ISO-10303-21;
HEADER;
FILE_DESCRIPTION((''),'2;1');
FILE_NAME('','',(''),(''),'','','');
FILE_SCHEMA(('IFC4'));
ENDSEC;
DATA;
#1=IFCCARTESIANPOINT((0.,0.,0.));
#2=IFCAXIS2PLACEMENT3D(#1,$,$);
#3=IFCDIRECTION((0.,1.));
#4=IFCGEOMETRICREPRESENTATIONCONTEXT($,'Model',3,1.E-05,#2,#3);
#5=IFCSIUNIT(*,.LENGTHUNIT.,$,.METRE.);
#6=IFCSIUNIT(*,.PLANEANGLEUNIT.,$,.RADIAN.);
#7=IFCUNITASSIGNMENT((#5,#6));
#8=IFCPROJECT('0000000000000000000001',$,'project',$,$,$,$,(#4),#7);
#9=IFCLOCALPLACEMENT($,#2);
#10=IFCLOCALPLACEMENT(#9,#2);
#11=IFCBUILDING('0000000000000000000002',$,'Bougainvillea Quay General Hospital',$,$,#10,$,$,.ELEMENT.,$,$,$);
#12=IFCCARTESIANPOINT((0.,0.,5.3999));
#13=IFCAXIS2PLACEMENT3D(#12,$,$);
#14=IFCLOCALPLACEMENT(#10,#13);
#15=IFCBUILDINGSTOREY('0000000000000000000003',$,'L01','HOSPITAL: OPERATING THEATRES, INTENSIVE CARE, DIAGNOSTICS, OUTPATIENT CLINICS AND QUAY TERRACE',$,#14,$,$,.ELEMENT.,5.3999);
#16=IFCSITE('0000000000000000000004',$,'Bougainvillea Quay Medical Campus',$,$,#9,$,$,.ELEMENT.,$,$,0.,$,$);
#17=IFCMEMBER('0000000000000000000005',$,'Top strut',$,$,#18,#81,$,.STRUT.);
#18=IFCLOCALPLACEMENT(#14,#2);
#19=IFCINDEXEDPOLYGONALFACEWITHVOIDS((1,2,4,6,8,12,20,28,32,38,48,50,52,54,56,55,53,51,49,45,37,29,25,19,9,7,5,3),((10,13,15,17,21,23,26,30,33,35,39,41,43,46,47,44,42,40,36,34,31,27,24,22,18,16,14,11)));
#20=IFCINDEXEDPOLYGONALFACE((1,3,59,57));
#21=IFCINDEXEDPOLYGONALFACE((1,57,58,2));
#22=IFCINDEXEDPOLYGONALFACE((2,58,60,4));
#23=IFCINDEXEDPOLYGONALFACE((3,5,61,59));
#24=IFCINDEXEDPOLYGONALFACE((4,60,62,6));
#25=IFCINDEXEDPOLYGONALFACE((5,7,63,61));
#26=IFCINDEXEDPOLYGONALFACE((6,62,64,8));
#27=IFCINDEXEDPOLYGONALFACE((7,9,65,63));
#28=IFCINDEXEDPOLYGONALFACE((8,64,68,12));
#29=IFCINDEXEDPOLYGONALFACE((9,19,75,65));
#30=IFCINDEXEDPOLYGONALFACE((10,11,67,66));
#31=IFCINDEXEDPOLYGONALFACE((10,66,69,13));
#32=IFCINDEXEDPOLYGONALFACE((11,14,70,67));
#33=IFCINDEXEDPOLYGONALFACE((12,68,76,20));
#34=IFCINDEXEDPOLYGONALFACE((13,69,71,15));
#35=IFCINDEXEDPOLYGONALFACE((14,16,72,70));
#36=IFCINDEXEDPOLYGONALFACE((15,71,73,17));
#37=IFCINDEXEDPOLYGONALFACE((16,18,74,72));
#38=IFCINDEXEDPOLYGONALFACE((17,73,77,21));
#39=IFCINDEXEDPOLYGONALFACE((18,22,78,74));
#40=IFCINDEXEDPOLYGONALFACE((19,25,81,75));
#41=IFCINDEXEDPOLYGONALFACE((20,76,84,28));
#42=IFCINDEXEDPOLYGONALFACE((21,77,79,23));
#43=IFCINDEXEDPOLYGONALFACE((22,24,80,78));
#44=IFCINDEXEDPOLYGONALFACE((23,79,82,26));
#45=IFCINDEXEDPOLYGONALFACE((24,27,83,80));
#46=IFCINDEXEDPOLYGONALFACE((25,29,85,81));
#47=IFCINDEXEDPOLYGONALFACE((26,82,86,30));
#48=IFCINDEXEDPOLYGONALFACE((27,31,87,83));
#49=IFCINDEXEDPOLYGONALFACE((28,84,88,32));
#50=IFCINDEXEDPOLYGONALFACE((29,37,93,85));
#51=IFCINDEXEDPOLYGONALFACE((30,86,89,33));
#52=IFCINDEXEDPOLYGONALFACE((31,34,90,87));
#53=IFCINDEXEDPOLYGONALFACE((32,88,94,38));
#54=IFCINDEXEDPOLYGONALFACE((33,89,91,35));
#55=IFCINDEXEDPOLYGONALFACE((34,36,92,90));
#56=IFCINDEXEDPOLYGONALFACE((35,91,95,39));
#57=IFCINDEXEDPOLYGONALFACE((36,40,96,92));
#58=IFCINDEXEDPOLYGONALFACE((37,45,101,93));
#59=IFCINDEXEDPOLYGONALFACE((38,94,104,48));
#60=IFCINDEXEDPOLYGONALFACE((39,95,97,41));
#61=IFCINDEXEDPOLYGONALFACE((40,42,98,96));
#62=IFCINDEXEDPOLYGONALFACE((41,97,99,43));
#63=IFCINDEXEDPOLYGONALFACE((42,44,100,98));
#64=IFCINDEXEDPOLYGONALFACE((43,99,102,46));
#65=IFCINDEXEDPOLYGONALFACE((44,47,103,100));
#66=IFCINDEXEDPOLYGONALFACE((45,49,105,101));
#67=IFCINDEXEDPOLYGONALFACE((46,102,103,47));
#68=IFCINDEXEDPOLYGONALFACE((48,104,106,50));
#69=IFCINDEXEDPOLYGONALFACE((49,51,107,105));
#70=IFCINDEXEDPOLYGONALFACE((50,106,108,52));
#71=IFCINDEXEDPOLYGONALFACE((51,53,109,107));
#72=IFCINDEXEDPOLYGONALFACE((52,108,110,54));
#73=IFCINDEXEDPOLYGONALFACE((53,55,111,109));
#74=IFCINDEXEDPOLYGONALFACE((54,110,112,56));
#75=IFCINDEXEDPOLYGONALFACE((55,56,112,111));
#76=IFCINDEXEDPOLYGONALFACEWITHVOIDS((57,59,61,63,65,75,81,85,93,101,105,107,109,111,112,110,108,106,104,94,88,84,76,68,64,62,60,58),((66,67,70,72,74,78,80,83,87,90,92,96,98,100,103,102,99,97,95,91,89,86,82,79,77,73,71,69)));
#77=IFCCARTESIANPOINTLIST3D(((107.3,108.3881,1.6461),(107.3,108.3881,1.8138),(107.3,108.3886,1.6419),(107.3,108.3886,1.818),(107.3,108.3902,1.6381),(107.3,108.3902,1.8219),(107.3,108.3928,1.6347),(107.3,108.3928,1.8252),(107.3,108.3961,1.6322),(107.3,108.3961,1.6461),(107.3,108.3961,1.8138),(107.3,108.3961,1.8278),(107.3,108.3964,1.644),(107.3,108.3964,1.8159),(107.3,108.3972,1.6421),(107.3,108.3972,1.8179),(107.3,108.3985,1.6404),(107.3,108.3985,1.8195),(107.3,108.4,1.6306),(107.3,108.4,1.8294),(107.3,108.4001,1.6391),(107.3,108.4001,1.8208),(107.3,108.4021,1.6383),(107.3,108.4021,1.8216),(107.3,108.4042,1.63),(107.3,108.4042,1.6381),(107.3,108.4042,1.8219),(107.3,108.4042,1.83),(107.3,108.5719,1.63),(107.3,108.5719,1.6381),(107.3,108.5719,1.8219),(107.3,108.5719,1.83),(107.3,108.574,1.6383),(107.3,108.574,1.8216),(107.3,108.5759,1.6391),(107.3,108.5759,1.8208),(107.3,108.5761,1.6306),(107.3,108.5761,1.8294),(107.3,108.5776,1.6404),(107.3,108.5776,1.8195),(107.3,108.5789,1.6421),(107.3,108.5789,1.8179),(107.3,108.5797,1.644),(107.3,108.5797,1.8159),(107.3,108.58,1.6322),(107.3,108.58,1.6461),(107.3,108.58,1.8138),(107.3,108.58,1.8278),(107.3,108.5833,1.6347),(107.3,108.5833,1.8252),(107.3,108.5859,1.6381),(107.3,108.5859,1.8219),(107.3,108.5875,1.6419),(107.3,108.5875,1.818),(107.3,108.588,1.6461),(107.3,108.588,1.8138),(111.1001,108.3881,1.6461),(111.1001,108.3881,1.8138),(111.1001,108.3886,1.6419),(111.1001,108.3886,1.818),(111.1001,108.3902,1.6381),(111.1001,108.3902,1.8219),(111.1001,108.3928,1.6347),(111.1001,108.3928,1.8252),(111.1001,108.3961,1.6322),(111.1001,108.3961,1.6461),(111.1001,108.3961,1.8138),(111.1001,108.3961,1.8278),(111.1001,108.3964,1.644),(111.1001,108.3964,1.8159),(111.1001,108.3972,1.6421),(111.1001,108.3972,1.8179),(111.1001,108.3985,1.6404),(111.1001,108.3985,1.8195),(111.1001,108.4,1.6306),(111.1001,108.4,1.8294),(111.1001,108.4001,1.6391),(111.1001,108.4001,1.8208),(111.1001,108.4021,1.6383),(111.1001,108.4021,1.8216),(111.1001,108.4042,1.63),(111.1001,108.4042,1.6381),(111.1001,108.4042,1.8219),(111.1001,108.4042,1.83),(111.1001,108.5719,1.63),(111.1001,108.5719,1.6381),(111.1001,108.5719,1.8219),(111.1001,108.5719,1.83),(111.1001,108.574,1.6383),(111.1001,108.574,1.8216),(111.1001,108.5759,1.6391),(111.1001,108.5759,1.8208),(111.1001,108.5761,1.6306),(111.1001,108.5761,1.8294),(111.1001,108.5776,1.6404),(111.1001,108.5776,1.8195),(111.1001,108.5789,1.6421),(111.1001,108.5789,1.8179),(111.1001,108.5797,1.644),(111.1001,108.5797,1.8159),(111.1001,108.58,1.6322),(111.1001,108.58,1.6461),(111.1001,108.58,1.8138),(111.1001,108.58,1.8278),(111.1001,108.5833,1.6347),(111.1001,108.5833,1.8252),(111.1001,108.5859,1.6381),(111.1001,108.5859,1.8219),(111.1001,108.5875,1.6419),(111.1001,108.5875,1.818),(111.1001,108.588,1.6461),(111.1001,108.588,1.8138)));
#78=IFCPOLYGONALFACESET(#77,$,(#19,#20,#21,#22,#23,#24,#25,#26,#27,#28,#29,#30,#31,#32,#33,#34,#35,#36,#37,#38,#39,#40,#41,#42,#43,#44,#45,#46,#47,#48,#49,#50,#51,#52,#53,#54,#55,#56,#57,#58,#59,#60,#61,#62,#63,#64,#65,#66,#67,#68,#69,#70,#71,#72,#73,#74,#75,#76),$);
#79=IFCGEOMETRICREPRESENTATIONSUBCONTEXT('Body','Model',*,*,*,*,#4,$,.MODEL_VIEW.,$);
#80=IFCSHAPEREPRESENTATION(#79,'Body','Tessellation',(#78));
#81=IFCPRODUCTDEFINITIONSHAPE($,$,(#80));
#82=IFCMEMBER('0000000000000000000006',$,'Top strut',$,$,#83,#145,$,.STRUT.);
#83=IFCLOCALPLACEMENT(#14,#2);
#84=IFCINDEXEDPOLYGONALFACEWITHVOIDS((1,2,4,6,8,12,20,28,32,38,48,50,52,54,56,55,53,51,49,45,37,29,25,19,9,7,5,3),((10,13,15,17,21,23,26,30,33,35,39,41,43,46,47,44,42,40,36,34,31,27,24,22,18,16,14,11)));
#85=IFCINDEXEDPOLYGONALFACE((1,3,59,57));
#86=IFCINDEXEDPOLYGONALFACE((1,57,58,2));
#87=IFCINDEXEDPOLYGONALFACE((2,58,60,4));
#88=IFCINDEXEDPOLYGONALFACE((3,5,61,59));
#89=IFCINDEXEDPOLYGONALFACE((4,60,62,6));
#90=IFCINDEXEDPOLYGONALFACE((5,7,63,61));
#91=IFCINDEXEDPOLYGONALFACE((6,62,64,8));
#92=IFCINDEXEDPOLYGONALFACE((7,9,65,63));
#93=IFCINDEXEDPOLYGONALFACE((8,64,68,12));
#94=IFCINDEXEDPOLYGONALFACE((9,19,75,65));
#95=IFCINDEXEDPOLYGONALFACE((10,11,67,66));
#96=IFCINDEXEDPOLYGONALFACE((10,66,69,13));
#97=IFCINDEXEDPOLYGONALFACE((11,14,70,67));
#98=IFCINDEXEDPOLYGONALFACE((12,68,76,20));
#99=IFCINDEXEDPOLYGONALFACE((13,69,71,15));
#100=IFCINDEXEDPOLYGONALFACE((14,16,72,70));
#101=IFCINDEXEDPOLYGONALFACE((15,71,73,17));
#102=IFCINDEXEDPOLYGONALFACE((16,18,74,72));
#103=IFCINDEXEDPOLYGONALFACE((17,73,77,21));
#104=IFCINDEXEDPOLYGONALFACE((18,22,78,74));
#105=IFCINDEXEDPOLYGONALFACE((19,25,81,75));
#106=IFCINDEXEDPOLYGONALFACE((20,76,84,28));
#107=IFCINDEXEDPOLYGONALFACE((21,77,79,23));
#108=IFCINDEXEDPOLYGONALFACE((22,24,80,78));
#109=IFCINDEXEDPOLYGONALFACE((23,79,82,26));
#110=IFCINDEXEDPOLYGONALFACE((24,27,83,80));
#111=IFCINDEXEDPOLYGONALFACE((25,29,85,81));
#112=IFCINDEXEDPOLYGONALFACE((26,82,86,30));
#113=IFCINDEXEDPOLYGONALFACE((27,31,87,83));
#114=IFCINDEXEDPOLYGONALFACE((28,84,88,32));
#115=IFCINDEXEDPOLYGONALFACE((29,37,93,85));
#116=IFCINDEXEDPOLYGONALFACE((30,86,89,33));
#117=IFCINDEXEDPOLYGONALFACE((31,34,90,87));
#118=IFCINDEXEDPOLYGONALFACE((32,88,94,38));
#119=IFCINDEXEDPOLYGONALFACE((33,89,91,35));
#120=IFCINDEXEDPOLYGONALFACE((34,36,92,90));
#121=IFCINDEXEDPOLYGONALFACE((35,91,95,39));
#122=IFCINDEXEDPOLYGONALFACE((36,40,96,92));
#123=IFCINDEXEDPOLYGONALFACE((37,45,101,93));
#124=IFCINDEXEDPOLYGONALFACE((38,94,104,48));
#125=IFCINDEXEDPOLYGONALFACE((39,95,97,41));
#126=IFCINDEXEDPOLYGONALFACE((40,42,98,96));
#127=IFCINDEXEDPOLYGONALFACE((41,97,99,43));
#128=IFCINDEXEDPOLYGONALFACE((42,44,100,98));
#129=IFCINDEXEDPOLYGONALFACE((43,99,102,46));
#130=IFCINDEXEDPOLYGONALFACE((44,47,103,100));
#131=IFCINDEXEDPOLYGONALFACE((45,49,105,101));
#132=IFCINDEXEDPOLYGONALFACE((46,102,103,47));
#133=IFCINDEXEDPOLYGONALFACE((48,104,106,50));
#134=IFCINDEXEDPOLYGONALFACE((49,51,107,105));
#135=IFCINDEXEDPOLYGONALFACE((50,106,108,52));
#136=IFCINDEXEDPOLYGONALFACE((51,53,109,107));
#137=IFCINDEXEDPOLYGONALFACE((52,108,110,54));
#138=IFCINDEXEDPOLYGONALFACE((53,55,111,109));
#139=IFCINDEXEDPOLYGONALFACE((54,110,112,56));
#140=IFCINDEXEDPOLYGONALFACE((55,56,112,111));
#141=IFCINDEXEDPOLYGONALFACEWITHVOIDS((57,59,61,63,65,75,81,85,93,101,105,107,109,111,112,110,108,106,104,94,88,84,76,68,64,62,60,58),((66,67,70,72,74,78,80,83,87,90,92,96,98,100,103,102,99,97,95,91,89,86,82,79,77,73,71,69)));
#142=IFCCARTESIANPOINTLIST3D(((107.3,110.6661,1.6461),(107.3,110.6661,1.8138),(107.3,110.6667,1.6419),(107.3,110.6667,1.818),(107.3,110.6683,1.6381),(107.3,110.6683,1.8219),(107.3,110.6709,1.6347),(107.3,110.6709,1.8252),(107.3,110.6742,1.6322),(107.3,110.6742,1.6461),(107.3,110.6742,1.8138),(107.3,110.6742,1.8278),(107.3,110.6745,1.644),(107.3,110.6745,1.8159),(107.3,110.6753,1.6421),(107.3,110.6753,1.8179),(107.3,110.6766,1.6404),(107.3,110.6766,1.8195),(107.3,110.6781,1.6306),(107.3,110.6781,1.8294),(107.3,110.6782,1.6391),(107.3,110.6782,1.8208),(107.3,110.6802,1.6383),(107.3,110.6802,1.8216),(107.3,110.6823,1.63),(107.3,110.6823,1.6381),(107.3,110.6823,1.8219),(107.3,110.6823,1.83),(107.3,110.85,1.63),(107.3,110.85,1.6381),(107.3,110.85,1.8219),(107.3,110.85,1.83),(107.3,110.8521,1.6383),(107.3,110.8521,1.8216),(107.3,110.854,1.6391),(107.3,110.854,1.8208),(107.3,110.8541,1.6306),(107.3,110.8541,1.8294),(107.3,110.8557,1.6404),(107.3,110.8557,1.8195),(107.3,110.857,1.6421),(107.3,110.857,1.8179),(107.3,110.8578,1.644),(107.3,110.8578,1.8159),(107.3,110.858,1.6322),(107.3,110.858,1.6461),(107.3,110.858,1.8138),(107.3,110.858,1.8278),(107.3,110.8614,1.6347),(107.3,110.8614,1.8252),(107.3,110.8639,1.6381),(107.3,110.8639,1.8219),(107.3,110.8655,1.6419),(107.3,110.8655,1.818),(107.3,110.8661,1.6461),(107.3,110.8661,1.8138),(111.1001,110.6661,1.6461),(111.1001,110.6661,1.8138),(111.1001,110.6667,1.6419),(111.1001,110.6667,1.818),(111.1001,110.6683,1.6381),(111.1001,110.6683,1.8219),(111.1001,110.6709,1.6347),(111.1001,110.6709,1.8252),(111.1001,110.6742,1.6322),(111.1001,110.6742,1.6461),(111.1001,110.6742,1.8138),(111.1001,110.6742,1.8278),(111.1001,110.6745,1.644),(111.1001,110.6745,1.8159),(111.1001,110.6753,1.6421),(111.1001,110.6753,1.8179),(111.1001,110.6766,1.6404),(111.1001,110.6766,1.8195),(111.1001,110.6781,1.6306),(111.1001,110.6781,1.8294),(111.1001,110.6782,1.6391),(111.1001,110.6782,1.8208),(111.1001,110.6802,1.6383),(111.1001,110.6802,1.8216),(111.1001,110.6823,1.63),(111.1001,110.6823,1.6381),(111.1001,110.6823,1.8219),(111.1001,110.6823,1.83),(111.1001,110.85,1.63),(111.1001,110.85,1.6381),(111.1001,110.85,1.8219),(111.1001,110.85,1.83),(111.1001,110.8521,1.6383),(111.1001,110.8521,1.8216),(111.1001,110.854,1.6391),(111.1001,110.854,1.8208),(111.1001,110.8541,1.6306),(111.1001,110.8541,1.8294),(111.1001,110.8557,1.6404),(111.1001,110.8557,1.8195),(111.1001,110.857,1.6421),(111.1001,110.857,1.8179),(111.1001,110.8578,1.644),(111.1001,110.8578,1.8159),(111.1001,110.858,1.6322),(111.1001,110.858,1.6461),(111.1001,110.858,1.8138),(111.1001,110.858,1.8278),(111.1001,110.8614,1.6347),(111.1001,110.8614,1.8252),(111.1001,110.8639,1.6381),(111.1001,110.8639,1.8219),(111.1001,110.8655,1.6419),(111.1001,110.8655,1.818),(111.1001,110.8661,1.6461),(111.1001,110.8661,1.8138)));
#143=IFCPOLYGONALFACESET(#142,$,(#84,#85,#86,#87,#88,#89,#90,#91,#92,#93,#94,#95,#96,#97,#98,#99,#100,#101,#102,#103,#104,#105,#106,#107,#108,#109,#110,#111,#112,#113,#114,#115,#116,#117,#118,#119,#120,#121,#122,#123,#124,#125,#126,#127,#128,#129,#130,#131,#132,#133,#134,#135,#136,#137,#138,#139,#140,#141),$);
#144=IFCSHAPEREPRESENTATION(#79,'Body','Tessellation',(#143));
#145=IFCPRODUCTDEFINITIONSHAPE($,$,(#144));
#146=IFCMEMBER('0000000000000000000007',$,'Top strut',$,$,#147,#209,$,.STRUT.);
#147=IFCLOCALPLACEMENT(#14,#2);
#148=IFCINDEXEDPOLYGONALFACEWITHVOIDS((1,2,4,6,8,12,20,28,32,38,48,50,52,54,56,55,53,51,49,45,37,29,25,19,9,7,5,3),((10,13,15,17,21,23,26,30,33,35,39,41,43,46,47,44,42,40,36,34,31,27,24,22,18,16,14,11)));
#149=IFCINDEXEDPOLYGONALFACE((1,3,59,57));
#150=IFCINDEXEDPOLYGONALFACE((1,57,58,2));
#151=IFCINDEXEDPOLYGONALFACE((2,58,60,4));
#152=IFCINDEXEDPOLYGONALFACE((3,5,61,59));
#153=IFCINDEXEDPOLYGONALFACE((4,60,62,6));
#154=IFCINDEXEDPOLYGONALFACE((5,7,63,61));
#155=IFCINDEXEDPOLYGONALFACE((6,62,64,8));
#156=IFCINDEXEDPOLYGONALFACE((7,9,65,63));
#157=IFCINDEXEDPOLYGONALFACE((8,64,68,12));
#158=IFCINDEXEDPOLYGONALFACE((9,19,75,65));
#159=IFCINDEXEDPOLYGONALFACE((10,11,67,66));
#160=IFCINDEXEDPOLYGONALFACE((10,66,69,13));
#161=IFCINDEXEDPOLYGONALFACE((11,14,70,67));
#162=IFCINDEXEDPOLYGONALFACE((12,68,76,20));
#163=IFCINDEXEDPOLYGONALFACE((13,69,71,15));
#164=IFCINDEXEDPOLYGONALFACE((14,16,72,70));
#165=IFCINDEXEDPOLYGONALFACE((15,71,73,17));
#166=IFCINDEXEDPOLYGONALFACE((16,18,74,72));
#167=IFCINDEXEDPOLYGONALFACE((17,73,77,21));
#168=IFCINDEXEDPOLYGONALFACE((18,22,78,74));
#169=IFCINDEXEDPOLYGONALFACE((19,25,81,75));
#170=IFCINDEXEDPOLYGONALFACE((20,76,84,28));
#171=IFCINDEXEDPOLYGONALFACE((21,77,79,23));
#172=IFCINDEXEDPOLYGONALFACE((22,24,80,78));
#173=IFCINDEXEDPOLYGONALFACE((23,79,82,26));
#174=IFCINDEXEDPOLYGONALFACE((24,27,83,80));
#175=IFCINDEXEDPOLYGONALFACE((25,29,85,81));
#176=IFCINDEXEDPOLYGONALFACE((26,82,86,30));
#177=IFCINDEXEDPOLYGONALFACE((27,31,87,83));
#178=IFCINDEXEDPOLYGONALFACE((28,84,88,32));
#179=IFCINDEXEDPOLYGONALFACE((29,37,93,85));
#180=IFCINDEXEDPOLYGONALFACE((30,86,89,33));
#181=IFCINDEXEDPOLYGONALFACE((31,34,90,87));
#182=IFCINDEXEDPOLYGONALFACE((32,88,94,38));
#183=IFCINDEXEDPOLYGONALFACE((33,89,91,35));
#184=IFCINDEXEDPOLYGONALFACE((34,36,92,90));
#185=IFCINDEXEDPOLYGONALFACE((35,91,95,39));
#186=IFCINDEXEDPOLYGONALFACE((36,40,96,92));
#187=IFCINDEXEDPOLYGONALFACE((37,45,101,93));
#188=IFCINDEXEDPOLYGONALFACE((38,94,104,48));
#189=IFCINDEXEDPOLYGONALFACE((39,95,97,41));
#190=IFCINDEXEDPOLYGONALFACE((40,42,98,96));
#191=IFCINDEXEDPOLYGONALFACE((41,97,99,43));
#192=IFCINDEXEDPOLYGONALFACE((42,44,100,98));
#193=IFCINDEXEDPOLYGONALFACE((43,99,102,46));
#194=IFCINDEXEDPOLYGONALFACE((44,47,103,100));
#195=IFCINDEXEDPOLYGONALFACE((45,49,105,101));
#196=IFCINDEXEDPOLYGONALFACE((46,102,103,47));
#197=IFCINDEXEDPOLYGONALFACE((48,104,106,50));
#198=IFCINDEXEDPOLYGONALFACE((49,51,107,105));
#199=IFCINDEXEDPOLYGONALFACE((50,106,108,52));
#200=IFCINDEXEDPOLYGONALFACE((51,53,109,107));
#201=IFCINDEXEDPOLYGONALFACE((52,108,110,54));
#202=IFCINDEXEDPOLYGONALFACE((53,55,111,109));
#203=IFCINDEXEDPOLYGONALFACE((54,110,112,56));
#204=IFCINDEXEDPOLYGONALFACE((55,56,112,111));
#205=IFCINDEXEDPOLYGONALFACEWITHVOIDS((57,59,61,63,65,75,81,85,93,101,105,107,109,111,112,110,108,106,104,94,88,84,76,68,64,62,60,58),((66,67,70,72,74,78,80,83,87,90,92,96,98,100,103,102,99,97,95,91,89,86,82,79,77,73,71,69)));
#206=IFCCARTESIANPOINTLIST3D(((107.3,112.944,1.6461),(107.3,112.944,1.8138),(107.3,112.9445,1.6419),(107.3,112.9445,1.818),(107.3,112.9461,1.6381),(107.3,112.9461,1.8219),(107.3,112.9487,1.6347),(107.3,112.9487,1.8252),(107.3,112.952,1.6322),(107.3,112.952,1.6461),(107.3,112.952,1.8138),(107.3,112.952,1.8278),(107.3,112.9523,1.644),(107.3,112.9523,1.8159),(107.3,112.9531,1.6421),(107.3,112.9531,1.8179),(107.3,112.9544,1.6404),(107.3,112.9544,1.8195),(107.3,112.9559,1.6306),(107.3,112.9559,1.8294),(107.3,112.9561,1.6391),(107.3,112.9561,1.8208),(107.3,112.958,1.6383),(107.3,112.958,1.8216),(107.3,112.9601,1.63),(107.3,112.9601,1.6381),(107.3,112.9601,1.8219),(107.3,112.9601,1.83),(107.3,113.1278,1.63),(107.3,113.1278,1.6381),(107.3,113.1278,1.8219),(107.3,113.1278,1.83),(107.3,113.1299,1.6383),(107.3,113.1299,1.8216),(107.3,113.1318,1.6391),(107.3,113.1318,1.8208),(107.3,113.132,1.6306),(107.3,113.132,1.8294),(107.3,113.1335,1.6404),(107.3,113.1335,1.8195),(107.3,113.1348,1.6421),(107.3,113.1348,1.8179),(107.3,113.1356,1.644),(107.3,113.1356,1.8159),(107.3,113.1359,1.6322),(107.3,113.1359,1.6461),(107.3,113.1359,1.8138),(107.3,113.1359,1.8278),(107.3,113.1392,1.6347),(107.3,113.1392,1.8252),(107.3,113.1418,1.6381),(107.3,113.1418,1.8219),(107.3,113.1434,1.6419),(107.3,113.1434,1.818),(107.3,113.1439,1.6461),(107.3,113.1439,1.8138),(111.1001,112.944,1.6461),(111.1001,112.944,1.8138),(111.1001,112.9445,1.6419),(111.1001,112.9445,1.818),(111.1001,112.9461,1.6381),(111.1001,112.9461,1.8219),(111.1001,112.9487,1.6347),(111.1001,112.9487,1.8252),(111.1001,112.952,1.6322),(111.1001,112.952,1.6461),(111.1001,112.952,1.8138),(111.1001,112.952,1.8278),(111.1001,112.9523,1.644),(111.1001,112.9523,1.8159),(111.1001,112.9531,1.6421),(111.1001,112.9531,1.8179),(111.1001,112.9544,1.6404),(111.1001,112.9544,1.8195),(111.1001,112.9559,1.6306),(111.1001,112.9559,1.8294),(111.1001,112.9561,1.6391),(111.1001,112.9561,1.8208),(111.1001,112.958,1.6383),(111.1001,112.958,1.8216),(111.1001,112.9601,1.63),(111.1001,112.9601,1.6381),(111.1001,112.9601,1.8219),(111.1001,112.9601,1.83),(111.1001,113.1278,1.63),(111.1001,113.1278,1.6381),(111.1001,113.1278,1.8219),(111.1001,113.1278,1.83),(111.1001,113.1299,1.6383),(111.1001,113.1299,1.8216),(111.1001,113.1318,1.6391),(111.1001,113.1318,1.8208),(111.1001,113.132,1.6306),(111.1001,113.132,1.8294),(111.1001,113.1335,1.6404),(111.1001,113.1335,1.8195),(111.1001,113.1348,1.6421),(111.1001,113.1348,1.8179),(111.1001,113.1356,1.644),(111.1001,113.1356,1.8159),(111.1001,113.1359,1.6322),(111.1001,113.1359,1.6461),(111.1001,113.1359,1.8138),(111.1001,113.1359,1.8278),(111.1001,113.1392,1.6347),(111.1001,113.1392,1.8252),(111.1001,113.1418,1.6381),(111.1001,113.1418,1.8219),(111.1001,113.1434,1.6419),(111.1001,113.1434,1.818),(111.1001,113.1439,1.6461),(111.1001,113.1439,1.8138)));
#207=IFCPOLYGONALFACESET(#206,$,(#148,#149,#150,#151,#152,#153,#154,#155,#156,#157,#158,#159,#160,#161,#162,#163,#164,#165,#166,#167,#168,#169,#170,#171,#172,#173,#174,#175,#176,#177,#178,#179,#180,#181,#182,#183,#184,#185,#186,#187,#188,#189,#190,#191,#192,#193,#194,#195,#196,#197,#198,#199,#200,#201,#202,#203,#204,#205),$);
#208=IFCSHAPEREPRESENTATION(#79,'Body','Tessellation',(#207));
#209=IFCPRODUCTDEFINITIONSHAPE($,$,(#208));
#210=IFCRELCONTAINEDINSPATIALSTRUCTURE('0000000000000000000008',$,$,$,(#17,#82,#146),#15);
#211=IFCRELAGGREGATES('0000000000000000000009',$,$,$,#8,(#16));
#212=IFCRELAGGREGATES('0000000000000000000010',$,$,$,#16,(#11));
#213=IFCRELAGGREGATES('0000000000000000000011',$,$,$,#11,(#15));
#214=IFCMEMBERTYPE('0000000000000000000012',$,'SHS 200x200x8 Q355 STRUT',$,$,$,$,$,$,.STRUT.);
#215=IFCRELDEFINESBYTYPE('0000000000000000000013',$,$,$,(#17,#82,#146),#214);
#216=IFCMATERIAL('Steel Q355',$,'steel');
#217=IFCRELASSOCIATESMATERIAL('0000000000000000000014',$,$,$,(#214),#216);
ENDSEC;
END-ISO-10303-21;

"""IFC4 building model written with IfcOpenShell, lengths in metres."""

from ifc_helpers import new_model, si_unit, direction, frame, origin, origin_2d, place, context, subcontext, project, spatial, hollow_rectangle, extrude, material, material_profile, profile_set, type_object, element, save


model = new_model("IFC4")

# Units and contexts
model_context = context("Model", 3, precision=1e-05, world=origin(), true_north=direction((0.0, 1.0)))
body_context = subcontext(model_context, "Body", "Model", "MODEL_VIEW")
ifc_project = project(units=[si_unit("LENGTHUNIT", "METRE"), si_unit("PLANEANGLEUNIT", "RADIAN")], contexts=[model_context])

# Site, building, storey
site_placement = place(None, origin())
site = spatial("IfcSite", under=ifc_project, at=site_placement, Name="Bougainvillea Quay Medical Campus", CompositionType="ELEMENT", RefElevation=0.0)
building_placement = place(site_placement, origin())
building = spatial("IfcBuilding", under=site, at=building_placement, Name="Bougainvillea Quay General Hospital", CompositionType="ELEMENT")
storey_placement = place(building_placement, frame((0.0, 0.0, 5.3999)))
storey = spatial("IfcBuildingStorey", under=building, at=storey_placement, Name="L01", Description="HOSPITAL: OPERATING THEATRES, INTENSIVE CARE, DIAGNOSTICS, OUTPATIENT CLINICS AND QUAY TERRACE", CompositionType="ELEMENT", Elevation=5.3999)

# Members
ifc_material_1 = material(Name="Steel Q355", Category="steel")
ifc_material_profile_1 = material_profile(ifc_material_1, hollow_rectangle(XDim=0.2, YDim=0.2, WallThickness=0.0081, InnerFilletRadius=0.0081, OuterFilletRadius=0.0161, at=origin_2d()))
ifc_profile_set_1 = profile_set([ifc_material_profile_1], Name="Steel Q355")
member_type_1 = type_object("IfcMemberType", Name="SHS 200x200x8 Q355 STRUT", PredefinedType="STRUT", material=ifc_profile_set_1)
for number, where, z_axis, x_axis, name in (
    (1, (107.3, 108.488, 1.73), (1.0, 0.0, 0.0), (0.0, 1.0, 0.0), "Top strut"),
    (2, (107.3, 110.7661, 1.73), (1.0, 0.0, 0.0), (0.0, 1.0, 0.0), "Top strut"),
    (3, (107.3, 113.0439, 1.73), (1.0, 0.0, 0.0), (0.0, 1.0, 0.0), "Top strut"),
):
    element("IfcMember", number, at=place(storey_placement, frame(where, z_axis=z_axis, x_axis=x_axis)), inside=storey, type_object=member_type_1, Name=name, PredefinedType="STRUT", context=body_context, shape_type="SweptSolid", body=[
        extrude(hollow_rectangle(XDim=0.2, YDim=0.2, WallThickness=0.0081, InnerFilletRadius=0.0081, OuterFilletRadius=0.0161, at=origin_2d()), origin(), (0.0, 0.0, 1.0), 3.8),
    ])

save(model, "model.ifc")
